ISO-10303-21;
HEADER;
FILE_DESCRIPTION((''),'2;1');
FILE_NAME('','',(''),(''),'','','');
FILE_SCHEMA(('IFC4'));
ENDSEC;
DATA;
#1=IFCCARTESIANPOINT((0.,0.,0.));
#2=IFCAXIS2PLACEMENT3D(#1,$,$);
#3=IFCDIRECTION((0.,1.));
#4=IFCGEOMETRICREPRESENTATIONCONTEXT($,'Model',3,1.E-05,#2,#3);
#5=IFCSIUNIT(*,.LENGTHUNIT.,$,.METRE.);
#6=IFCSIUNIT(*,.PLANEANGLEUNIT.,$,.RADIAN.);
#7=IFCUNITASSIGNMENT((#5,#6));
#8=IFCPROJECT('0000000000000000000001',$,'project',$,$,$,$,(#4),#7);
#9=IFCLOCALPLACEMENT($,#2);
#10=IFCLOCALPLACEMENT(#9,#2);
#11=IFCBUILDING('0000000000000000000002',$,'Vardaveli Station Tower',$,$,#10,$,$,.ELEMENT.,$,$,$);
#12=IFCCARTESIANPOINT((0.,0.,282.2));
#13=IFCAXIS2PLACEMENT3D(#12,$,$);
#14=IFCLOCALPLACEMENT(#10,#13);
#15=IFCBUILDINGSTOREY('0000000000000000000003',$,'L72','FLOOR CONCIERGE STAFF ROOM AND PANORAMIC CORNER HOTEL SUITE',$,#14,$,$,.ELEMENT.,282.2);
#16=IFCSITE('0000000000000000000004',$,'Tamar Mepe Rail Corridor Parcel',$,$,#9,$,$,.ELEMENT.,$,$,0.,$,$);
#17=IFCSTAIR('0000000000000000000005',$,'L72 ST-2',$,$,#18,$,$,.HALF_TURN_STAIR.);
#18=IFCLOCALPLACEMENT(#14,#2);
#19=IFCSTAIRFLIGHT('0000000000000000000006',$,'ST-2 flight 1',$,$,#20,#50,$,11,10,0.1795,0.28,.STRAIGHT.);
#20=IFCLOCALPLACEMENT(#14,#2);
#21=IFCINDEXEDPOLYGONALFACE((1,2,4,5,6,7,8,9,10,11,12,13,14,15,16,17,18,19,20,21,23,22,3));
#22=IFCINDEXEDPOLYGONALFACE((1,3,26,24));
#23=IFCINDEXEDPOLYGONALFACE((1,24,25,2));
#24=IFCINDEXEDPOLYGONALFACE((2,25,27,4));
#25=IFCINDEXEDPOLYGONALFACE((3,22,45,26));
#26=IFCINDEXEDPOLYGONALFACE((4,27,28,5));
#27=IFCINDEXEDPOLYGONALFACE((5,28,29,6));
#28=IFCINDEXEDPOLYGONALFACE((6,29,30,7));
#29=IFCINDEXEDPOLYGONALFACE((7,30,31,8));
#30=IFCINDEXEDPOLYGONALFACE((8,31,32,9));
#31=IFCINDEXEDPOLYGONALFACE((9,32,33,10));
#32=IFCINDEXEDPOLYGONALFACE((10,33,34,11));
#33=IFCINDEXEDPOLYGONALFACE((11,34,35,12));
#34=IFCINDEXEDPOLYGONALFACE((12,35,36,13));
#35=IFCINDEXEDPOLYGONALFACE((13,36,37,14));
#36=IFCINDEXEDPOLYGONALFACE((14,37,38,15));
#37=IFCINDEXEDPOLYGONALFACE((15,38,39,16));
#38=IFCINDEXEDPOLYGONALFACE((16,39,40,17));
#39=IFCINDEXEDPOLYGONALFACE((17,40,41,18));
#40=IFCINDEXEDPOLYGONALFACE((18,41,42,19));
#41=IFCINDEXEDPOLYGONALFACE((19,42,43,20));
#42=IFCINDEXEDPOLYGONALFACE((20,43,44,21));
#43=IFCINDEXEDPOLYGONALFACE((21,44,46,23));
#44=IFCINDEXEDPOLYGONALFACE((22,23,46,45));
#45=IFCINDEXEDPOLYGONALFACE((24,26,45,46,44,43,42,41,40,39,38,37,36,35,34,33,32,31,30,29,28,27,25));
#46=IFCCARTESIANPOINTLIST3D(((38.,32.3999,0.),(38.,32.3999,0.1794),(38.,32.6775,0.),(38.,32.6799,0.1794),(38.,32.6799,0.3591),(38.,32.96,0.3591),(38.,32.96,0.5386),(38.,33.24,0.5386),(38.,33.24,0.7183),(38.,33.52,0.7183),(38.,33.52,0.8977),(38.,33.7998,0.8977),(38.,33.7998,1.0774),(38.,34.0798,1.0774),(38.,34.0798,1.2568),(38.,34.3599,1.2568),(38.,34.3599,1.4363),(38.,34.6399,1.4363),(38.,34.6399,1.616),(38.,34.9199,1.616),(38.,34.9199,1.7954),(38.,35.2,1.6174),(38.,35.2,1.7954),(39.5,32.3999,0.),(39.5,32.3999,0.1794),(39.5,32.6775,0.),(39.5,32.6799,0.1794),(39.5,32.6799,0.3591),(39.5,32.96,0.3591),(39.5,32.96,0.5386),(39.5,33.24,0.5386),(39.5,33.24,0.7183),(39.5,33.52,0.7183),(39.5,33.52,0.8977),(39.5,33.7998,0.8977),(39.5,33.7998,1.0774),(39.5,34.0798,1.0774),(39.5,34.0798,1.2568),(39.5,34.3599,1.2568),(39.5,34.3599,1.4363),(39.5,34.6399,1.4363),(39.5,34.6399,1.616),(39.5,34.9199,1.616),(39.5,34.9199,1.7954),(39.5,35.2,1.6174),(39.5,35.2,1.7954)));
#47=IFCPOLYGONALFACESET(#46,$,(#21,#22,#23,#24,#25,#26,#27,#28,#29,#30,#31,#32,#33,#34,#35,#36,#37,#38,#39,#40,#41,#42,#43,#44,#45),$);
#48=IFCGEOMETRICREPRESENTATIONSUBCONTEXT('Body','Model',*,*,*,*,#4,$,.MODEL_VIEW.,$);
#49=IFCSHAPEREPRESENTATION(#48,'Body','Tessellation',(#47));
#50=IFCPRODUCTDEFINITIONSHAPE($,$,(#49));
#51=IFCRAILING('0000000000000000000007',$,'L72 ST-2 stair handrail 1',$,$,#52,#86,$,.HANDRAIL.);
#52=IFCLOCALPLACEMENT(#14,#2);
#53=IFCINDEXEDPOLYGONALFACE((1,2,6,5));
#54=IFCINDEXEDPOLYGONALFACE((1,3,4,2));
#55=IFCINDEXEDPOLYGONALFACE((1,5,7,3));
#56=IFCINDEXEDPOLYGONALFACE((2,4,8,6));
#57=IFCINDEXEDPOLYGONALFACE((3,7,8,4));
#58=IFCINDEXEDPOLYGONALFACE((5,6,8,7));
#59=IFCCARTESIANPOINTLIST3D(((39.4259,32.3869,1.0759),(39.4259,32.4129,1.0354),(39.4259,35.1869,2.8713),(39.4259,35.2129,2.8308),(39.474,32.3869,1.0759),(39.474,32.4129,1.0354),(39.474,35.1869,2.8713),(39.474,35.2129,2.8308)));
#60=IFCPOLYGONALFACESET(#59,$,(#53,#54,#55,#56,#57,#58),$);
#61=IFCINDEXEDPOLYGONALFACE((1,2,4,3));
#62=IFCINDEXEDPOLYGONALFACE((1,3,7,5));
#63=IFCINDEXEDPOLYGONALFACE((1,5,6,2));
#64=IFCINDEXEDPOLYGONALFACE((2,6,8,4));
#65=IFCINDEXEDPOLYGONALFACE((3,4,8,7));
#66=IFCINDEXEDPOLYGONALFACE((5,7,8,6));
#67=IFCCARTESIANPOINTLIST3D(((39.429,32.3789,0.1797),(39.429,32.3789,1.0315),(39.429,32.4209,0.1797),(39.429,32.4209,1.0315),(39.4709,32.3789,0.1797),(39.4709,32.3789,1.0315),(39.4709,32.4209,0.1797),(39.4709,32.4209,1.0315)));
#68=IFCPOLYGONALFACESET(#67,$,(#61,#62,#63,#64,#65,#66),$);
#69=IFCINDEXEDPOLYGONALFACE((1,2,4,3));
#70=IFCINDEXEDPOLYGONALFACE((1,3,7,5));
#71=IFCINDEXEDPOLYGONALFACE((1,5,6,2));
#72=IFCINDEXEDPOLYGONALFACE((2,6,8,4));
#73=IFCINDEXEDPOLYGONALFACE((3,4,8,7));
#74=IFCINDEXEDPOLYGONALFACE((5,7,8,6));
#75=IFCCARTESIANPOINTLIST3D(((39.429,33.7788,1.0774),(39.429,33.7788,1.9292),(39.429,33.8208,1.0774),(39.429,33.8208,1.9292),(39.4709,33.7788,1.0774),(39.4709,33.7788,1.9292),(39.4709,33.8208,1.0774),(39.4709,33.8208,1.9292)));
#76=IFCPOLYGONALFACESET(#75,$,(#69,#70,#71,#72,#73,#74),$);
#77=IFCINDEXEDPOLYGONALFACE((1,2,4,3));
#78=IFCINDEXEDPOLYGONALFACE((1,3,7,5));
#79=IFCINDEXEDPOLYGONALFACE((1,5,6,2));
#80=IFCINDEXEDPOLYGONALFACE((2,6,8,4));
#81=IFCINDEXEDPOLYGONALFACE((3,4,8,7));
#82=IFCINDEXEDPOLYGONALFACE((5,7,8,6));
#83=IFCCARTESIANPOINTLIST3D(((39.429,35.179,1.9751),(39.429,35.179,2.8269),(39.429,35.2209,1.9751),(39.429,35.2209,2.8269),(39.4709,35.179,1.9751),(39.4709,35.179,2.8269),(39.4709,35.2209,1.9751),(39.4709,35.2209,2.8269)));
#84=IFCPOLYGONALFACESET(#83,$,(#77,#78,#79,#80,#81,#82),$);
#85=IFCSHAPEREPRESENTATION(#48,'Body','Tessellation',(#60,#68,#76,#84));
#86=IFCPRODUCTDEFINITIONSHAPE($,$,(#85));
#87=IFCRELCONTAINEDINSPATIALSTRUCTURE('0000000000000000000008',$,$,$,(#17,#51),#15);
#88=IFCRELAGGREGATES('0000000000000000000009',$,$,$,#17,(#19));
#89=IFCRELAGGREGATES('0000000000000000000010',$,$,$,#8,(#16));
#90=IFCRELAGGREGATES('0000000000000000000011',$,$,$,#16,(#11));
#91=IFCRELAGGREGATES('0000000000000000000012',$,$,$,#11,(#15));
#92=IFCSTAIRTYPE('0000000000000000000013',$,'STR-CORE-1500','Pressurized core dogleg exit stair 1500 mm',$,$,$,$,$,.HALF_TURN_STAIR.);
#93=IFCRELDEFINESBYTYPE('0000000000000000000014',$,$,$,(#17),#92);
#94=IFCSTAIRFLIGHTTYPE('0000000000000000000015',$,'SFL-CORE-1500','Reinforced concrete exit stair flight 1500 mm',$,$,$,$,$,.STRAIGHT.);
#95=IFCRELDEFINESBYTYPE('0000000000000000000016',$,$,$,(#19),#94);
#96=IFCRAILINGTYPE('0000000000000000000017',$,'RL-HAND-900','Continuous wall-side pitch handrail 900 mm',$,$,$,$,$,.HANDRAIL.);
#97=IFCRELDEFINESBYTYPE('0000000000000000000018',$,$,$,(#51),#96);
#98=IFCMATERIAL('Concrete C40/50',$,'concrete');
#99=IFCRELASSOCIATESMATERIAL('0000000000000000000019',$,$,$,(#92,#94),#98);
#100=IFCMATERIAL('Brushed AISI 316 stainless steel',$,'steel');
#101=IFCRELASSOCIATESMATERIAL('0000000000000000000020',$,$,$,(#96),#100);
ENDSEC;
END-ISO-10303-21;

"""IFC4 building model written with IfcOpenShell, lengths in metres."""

from ifc_helpers import new_model, si_unit, direction, frame, origin, origin_2d, place, context, subcontext, project, spatial, polyline, rectangle, outline, extrude, source, transform, mapped, material, type_object, element, aggregate, save


model = new_model("IFC4")

# Units and contexts
model_context = context("Model", 3, precision=1e-05, world=origin(), true_north=direction((0.0, 1.0)))
body_context = subcontext(model_context, "Body", "Model", "MODEL_VIEW")
ifc_project = project(units=[si_unit("LENGTHUNIT", "METRE"), si_unit("PLANEANGLEUNIT", "RADIAN")], contexts=[model_context])

# Site, building, storey
site_placement = place(None, origin())
site = spatial("IfcSite", under=ifc_project, at=site_placement, Name="Tamar Mepe Rail Corridor Parcel", CompositionType="ELEMENT", RefElevation=0.0)
building_placement = place(site_placement, origin())
building = spatial("IfcBuilding", under=site, at=building_placement, Name="Vardaveli Station Tower", CompositionType="ELEMENT")
storey_placement = place(building_placement, frame((0.0, 0.0, 282.2)))
storey = spatial("IfcBuildingStorey", under=building, at=storey_placement, Name="L72", Description="FLOOR CONCIERGE STAFF ROOM AND PANORAMIC CORNER HOTEL SUITE", CompositionType="ELEMENT", Elevation=282.2)

# Shared definitions
ifc_material_1 = material(Name="Concrete C40/50", Category="concrete")

# Stair, stair flight
stair_type = type_object("IfcStairType", Name="STR-CORE-1500", Description="Pressurized core dogleg exit stair 1500 mm", PredefinedType="HALF_TURN_STAIR", material=ifc_material_1)
stair_placement = place(storey_placement, origin())
stair = element("IfcStair", 1, at=stair_placement, inside=storey, type_object=stair_type, Name="L72 ST-2", PredefinedType="HALF_TURN_STAIR")
stair_flight_type = type_object("IfcStairFlightType", Name="SFL-CORE-1500", Description="Reinforced concrete exit stair flight 1500 mm", PredefinedType="STRAIGHT", material=ifc_material_1)
shared_shape_1 = source(origin(), body_context, "Body", "SweptSolid", [
    extrude(outline(polyline([(0.0, 0.0), (0.0, 0.1794), (0.28, 0.1794), (0.28, 0.3591), (0.5601, 0.3591), (0.5601, 0.5386), (0.8401, 0.5386), (0.8401, 0.7183), (1.1201, 0.7183), (1.1201, 0.8977), (1.3999, 0.8977), (1.3999, 1.0774), (1.6799, 1.0774), (1.6799, 1.2568), (1.96, 1.2568), (1.96, 1.4363), (2.24, 1.4363), (2.24, 1.616), (2.52, 1.616), (2.52, 1.7954), (2.8, 1.7954), (2.8, 1.9751), (2.8, 1.6174), (0.2776, 0.0), (0.0, 0.0)])), frame((0.0, 0.75, 0.0), z_axis=(0.0, -1.0, 0.0), x_axis=(1.0, 0.0, 0.0)), (0.0, 0.0, 1.0), 1.5),
])
stair_flight_placement = place(storey_placement, frame((38.75, 32.3999, 0.0), z_axis=(0.0, 0.0, 1.0), x_axis=(0.0, 1.0, 0.0)))
stair_flight = element("IfcStairFlight", 2, at=stair_flight_placement, type_object=stair_flight_type, Name="ST-2 flight 1", NumberOfRisers=11, NumberOfTreads=10, PredefinedType="STRAIGHT", RiserHeight=0.1795, TreadLength=0.28, context=body_context, shape_type="MappedRepresentation", body=[
    mapped(shared_shape_1, transform((0.0, 0.0, 0.0), scale=1.0)),
])
aggregate(stair, [stair_flight])

# Railing
ifc_material_2 = material(Name="Brushed AISI 316 stainless steel", Category="steel")
railing_type = type_object("IfcRailingType", Name="RL-HAND-900", Description="Continuous wall-side pitch handrail 900 mm", PredefinedType="HANDRAIL", material=ifc_material_2)
shared_shape_2 = source(origin(), body_context, "Body", "SweptSolid", [
    extrude(rectangle(XDim=0.0481, YDim=0.0481, at=origin_2d()), frame((0.0, 0.0, 0.876), z_axis=(0.0, 0.84181, 0.539774), x_axis=(-1.0, 0.0, 0.0)), (0.0, 0.0, 1.0), 3.3262),
    extrude(rectangle(XDim=0.042, YDim=0.042, at=origin_2d()), origin(), (0.0, 0.0, 1.0), 0.8518),
    extrude(rectangle(XDim=0.042, YDim=0.042, at=origin_2d()), frame((0.0, 1.3999, 0.8977)), (0.0, 0.0, 1.0), 0.8518),
    extrude(rectangle(XDim=0.042, YDim=0.042, at=origin_2d()), frame((0.0, 2.8, 1.7954)), (0.0, 0.0, 1.0), 0.8518),
])
railing_placement = place(storey_placement, frame((39.45, 32.3999, 0.1797)))
element("IfcRailing", 3, at=railing_placement, inside=storey, type_object=railing_type, Name="L72 ST-2 stair handrail 1", PredefinedType="HANDRAIL", context=body_context, shape_type="MappedRepresentation", body=[
    mapped(shared_shape_2, transform((0.0, 0.0, 0.0), scale=1.0)),
])

save(model, "model.ifc")
